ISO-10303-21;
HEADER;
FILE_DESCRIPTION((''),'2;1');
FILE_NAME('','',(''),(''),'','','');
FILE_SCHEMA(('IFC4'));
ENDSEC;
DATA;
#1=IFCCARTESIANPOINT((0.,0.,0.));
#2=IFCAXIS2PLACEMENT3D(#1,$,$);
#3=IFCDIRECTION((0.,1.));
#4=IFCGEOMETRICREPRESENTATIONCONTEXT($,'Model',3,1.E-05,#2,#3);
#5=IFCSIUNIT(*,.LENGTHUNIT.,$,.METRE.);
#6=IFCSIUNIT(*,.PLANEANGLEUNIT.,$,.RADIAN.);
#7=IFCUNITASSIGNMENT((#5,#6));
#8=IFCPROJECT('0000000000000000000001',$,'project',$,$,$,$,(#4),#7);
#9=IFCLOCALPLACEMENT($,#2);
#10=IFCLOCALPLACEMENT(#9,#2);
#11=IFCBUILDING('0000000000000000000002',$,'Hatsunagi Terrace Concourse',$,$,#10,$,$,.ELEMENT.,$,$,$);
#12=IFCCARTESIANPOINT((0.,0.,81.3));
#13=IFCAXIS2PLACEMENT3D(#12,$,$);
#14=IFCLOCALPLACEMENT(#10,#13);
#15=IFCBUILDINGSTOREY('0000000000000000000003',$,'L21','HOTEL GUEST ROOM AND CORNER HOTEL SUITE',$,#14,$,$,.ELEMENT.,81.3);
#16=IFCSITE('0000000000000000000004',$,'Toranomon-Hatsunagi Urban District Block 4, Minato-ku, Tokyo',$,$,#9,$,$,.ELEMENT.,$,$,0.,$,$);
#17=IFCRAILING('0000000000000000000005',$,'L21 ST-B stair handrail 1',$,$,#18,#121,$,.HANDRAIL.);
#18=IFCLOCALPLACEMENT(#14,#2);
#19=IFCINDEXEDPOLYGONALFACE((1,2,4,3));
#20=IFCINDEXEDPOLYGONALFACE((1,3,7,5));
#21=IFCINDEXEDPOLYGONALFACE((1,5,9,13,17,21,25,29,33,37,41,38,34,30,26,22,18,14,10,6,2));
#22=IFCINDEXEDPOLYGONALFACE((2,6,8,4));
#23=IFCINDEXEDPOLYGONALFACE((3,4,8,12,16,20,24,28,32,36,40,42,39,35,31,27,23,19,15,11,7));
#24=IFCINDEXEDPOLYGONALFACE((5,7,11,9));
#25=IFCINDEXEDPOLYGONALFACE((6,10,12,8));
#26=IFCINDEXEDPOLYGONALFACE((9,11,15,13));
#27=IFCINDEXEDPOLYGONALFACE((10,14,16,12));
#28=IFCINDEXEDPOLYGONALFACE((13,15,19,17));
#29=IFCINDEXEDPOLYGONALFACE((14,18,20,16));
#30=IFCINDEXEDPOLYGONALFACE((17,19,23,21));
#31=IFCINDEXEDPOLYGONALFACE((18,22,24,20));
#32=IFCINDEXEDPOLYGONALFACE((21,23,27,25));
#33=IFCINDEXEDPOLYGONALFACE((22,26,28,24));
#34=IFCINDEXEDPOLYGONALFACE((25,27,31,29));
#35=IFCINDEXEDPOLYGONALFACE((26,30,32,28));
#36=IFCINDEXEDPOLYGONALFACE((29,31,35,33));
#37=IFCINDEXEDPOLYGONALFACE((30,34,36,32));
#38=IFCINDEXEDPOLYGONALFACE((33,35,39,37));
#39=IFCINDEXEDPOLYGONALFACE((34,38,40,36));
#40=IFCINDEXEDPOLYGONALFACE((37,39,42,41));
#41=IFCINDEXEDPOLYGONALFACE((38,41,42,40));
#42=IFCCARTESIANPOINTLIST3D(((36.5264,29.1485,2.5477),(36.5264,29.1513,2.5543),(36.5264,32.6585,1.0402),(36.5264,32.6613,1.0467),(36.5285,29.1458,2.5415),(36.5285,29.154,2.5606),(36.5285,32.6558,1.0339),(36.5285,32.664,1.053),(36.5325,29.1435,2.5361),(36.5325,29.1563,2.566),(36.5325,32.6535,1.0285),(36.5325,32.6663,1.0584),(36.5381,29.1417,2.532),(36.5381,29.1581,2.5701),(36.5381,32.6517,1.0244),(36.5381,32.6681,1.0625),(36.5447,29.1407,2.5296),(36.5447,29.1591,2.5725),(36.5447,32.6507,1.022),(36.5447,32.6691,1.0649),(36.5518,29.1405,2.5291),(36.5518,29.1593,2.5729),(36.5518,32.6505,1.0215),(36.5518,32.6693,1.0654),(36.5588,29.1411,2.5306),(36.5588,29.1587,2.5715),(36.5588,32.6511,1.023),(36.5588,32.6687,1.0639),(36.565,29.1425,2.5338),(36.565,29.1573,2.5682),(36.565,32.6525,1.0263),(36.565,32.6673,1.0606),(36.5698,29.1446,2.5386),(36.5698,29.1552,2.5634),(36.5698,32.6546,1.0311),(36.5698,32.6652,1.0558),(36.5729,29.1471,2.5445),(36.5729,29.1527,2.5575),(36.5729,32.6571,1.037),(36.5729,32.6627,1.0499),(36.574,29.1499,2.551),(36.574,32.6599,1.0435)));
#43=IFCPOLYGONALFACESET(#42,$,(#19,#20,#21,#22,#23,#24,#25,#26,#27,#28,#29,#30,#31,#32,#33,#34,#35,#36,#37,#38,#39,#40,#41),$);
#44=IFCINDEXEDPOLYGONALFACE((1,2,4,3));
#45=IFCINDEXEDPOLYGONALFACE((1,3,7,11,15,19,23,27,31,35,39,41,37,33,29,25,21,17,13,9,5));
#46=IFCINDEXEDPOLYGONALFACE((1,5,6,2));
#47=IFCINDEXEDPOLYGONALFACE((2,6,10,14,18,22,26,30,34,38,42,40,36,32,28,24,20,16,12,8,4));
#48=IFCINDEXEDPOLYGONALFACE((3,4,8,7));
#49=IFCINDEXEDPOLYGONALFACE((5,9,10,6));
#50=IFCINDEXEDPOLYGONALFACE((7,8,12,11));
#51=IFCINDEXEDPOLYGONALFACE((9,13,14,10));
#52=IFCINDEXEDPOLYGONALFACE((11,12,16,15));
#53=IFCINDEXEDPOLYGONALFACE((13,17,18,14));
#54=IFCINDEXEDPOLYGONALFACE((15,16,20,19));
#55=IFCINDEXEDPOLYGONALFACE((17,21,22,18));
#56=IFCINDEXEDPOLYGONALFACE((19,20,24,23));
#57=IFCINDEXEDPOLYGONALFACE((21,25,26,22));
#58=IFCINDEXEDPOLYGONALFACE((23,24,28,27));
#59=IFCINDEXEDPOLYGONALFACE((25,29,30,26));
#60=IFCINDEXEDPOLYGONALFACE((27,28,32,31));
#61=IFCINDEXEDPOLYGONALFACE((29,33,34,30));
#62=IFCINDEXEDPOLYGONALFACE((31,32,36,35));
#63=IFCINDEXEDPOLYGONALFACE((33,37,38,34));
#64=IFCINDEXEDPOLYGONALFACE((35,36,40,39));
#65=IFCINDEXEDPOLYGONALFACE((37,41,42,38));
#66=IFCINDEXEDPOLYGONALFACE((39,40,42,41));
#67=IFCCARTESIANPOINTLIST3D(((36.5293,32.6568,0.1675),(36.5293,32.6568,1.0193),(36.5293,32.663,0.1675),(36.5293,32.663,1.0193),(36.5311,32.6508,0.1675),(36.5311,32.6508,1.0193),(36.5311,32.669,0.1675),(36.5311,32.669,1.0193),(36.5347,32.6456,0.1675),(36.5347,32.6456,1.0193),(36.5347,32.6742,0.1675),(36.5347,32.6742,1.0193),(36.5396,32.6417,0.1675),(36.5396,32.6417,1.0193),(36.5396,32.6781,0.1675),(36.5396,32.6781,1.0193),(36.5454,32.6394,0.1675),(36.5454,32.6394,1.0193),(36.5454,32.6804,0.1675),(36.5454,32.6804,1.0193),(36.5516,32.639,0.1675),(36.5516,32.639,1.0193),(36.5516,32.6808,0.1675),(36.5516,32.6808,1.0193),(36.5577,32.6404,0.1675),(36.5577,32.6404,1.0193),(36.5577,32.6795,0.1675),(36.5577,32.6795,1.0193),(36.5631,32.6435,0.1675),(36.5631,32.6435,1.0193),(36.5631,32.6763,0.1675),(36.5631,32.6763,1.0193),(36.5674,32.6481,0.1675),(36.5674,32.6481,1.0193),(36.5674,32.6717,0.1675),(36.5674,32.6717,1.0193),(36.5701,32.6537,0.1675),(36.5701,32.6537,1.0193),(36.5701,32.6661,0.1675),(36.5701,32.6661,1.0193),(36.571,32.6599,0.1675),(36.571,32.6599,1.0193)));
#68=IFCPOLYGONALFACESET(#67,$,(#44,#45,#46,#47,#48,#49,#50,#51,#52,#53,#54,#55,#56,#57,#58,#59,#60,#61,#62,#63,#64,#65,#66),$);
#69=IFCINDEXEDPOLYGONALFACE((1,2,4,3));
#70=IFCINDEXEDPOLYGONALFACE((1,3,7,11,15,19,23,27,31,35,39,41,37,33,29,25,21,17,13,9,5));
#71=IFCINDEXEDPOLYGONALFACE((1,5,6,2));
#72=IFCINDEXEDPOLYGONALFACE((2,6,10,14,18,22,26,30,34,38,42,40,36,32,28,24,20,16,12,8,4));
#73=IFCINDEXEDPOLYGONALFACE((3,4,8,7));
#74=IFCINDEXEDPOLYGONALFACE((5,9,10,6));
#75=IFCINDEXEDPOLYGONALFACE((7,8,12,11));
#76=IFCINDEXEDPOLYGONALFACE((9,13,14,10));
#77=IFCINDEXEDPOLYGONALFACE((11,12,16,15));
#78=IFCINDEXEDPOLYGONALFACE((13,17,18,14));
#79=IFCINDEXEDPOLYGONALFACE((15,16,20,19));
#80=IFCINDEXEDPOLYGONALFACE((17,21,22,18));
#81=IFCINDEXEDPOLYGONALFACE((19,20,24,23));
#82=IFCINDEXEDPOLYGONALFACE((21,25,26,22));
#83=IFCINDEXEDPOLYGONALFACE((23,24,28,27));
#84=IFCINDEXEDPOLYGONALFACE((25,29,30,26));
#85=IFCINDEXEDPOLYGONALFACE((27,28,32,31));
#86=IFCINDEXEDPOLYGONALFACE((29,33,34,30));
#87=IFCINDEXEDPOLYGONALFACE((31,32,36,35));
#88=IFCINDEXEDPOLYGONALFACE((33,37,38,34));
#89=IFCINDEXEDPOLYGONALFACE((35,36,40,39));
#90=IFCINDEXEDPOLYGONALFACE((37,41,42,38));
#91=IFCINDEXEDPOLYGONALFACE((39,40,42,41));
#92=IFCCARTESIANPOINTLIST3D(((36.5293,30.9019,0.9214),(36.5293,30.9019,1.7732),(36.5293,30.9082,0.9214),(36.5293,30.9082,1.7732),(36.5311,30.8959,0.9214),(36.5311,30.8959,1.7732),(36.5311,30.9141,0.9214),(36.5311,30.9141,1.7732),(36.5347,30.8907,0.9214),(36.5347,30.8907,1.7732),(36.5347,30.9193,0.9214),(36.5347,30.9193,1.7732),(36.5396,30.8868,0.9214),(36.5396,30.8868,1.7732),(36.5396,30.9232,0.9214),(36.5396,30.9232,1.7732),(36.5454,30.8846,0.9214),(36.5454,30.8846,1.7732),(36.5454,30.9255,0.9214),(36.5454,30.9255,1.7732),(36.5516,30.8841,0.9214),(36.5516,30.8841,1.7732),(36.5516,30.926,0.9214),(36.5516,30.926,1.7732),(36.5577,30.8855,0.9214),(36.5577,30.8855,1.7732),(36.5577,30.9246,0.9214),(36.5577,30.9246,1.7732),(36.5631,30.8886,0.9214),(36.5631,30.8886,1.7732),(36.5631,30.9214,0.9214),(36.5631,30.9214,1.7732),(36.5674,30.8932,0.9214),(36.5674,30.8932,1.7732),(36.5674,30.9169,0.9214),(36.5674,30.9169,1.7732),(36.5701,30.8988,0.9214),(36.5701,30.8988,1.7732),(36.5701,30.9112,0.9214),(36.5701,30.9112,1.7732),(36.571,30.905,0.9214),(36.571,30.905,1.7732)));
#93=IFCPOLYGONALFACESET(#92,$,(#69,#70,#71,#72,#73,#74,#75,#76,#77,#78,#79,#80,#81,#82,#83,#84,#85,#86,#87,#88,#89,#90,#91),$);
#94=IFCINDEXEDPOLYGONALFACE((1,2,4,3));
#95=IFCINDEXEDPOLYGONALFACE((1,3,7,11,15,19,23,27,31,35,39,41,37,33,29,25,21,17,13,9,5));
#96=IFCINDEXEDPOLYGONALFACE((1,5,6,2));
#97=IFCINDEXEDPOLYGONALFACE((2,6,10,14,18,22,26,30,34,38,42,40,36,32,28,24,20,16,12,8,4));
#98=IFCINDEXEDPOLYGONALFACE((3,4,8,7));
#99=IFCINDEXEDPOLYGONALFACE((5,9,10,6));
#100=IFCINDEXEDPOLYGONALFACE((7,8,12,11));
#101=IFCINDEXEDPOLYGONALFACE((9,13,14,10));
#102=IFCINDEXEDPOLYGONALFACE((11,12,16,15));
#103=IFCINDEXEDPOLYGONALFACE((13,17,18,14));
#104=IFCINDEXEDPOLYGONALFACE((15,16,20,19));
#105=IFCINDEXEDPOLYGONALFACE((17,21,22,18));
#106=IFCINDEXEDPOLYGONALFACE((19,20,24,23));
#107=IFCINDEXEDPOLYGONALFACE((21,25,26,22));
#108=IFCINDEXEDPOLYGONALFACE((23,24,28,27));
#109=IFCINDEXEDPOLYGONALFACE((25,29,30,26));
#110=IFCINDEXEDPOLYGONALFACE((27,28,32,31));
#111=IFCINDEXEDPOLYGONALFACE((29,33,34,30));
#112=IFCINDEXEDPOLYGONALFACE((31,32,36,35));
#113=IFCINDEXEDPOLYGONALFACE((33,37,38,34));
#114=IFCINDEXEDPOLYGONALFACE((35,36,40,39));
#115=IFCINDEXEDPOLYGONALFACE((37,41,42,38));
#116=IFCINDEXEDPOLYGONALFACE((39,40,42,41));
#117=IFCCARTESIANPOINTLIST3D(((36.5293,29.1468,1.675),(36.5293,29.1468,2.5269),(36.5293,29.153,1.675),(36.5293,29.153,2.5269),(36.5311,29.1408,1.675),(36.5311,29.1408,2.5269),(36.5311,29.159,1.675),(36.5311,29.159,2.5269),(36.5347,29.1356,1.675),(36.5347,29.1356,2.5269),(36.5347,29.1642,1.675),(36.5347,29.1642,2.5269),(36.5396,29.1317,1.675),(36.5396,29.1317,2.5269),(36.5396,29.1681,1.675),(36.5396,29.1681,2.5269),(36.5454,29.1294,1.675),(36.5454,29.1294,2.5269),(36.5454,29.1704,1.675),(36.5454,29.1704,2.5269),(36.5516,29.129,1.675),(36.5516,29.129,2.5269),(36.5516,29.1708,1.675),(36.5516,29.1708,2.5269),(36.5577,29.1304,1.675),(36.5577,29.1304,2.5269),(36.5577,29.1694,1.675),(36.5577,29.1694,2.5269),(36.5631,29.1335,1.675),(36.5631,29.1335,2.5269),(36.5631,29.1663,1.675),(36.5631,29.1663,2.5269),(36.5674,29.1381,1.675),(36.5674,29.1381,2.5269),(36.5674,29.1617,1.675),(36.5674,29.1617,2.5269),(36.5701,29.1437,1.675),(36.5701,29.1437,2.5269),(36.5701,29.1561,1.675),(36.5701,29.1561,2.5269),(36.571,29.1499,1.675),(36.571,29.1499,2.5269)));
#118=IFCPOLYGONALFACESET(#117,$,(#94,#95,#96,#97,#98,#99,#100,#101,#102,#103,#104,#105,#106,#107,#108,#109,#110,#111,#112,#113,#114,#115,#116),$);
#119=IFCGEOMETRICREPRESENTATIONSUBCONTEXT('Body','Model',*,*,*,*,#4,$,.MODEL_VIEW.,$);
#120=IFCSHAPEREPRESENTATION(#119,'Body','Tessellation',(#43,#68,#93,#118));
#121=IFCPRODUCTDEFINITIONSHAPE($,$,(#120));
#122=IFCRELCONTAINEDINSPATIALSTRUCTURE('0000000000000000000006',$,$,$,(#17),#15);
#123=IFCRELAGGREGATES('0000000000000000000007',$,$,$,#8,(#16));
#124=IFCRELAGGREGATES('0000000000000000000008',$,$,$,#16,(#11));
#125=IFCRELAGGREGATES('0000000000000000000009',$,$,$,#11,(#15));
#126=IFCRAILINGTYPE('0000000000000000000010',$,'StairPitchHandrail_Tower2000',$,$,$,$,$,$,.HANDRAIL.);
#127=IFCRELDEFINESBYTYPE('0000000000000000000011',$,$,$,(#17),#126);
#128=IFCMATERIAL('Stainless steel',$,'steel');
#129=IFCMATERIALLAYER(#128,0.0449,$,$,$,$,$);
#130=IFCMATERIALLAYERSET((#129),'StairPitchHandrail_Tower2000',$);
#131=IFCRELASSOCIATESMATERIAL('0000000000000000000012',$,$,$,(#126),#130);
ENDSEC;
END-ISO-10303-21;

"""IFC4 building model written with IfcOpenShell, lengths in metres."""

from ifc_helpers import new_model, si_unit, direction, frame, origin, origin_2d, place, context, subcontext, project, spatial, circle, extrude, material, layer, layer_set, type_object, element, save


model = new_model("IFC4")

# Units and contexts
model_context = context("Model", 3, precision=1e-05, world=origin(), true_north=direction((0.0, 1.0)))
body_context = subcontext(model_context, "Body", "Model", "MODEL_VIEW")
ifc_project = project(units=[si_unit("LENGTHUNIT", "METRE"), si_unit("PLANEANGLEUNIT", "RADIAN")], contexts=[model_context])

# Site, building, storey
site_placement = place(None, origin())
site = spatial("IfcSite", under=ifc_project, at=site_placement, Name="Toranomon-Hatsunagi Urban District Block 4, Minato-ku, Tokyo", CompositionType="ELEMENT", RefElevation=0.0)
building_placement = place(site_placement, origin())
building = spatial("IfcBuilding", under=site, at=building_placement, Name="Hatsunagi Terrace Concourse", CompositionType="ELEMENT")
storey_placement = place(building_placement, frame((0.0, 0.0, 81.3)))
storey = spatial("IfcBuildingStorey", under=building, at=storey_placement, Name="L21", Description="HOTEL GUEST ROOM AND CORNER HOTEL SUITE", CompositionType="ELEMENT", Elevation=81.3)

# Railing
ifc_material_1 = material(Name="Stainless steel", Category="steel")
ifc_layer_1 = layer(ifc_material_1, 0.0449)
ifc_layer_set_1 = layer_set([ifc_layer_1], Name="StairPitchHandrail_Tower2000")
railing_type_1 = type_object("IfcRailingType", Name="StairPitchHandrail_Tower2000", PredefinedType="HANDRAIL", material=ifc_layer_set_1)
railing_1_placement = place(storey_placement, frame((36.55, 32.6599, 0.1675)))
element("IfcRailing", 1, at=railing_1_placement, inside=storey, type_object=railing_type_1, Name="L21 ST-B stair handrail 1", PredefinedType="HANDRAIL", context=body_context, shape_type="SweptSolid", body=[
    extrude(circle(Radius=0.0239, at=origin_2d()), frame((0.0, 0.0, 0.876), z_axis=(0.0, -0.918834, 0.394644), x_axis=(1.0, 0.0, 0.0)), (0.0, 0.0, 1.0), 3.8201),
    extrude(circle(Radius=0.021, at=origin_2d()), origin(), (0.0, 0.0, 1.0), 0.8518),
    extrude(circle(Radius=0.021, at=origin_2d()), frame((0.0, -1.7549, 0.7539)), (0.0, 0.0, 1.0), 0.8518),
    extrude(circle(Radius=0.021, at=origin_2d()), frame((0.0, -3.51, 1.5076)), (0.0, 0.0, 1.0), 0.8518),
])

save(model, "model.ifc")
